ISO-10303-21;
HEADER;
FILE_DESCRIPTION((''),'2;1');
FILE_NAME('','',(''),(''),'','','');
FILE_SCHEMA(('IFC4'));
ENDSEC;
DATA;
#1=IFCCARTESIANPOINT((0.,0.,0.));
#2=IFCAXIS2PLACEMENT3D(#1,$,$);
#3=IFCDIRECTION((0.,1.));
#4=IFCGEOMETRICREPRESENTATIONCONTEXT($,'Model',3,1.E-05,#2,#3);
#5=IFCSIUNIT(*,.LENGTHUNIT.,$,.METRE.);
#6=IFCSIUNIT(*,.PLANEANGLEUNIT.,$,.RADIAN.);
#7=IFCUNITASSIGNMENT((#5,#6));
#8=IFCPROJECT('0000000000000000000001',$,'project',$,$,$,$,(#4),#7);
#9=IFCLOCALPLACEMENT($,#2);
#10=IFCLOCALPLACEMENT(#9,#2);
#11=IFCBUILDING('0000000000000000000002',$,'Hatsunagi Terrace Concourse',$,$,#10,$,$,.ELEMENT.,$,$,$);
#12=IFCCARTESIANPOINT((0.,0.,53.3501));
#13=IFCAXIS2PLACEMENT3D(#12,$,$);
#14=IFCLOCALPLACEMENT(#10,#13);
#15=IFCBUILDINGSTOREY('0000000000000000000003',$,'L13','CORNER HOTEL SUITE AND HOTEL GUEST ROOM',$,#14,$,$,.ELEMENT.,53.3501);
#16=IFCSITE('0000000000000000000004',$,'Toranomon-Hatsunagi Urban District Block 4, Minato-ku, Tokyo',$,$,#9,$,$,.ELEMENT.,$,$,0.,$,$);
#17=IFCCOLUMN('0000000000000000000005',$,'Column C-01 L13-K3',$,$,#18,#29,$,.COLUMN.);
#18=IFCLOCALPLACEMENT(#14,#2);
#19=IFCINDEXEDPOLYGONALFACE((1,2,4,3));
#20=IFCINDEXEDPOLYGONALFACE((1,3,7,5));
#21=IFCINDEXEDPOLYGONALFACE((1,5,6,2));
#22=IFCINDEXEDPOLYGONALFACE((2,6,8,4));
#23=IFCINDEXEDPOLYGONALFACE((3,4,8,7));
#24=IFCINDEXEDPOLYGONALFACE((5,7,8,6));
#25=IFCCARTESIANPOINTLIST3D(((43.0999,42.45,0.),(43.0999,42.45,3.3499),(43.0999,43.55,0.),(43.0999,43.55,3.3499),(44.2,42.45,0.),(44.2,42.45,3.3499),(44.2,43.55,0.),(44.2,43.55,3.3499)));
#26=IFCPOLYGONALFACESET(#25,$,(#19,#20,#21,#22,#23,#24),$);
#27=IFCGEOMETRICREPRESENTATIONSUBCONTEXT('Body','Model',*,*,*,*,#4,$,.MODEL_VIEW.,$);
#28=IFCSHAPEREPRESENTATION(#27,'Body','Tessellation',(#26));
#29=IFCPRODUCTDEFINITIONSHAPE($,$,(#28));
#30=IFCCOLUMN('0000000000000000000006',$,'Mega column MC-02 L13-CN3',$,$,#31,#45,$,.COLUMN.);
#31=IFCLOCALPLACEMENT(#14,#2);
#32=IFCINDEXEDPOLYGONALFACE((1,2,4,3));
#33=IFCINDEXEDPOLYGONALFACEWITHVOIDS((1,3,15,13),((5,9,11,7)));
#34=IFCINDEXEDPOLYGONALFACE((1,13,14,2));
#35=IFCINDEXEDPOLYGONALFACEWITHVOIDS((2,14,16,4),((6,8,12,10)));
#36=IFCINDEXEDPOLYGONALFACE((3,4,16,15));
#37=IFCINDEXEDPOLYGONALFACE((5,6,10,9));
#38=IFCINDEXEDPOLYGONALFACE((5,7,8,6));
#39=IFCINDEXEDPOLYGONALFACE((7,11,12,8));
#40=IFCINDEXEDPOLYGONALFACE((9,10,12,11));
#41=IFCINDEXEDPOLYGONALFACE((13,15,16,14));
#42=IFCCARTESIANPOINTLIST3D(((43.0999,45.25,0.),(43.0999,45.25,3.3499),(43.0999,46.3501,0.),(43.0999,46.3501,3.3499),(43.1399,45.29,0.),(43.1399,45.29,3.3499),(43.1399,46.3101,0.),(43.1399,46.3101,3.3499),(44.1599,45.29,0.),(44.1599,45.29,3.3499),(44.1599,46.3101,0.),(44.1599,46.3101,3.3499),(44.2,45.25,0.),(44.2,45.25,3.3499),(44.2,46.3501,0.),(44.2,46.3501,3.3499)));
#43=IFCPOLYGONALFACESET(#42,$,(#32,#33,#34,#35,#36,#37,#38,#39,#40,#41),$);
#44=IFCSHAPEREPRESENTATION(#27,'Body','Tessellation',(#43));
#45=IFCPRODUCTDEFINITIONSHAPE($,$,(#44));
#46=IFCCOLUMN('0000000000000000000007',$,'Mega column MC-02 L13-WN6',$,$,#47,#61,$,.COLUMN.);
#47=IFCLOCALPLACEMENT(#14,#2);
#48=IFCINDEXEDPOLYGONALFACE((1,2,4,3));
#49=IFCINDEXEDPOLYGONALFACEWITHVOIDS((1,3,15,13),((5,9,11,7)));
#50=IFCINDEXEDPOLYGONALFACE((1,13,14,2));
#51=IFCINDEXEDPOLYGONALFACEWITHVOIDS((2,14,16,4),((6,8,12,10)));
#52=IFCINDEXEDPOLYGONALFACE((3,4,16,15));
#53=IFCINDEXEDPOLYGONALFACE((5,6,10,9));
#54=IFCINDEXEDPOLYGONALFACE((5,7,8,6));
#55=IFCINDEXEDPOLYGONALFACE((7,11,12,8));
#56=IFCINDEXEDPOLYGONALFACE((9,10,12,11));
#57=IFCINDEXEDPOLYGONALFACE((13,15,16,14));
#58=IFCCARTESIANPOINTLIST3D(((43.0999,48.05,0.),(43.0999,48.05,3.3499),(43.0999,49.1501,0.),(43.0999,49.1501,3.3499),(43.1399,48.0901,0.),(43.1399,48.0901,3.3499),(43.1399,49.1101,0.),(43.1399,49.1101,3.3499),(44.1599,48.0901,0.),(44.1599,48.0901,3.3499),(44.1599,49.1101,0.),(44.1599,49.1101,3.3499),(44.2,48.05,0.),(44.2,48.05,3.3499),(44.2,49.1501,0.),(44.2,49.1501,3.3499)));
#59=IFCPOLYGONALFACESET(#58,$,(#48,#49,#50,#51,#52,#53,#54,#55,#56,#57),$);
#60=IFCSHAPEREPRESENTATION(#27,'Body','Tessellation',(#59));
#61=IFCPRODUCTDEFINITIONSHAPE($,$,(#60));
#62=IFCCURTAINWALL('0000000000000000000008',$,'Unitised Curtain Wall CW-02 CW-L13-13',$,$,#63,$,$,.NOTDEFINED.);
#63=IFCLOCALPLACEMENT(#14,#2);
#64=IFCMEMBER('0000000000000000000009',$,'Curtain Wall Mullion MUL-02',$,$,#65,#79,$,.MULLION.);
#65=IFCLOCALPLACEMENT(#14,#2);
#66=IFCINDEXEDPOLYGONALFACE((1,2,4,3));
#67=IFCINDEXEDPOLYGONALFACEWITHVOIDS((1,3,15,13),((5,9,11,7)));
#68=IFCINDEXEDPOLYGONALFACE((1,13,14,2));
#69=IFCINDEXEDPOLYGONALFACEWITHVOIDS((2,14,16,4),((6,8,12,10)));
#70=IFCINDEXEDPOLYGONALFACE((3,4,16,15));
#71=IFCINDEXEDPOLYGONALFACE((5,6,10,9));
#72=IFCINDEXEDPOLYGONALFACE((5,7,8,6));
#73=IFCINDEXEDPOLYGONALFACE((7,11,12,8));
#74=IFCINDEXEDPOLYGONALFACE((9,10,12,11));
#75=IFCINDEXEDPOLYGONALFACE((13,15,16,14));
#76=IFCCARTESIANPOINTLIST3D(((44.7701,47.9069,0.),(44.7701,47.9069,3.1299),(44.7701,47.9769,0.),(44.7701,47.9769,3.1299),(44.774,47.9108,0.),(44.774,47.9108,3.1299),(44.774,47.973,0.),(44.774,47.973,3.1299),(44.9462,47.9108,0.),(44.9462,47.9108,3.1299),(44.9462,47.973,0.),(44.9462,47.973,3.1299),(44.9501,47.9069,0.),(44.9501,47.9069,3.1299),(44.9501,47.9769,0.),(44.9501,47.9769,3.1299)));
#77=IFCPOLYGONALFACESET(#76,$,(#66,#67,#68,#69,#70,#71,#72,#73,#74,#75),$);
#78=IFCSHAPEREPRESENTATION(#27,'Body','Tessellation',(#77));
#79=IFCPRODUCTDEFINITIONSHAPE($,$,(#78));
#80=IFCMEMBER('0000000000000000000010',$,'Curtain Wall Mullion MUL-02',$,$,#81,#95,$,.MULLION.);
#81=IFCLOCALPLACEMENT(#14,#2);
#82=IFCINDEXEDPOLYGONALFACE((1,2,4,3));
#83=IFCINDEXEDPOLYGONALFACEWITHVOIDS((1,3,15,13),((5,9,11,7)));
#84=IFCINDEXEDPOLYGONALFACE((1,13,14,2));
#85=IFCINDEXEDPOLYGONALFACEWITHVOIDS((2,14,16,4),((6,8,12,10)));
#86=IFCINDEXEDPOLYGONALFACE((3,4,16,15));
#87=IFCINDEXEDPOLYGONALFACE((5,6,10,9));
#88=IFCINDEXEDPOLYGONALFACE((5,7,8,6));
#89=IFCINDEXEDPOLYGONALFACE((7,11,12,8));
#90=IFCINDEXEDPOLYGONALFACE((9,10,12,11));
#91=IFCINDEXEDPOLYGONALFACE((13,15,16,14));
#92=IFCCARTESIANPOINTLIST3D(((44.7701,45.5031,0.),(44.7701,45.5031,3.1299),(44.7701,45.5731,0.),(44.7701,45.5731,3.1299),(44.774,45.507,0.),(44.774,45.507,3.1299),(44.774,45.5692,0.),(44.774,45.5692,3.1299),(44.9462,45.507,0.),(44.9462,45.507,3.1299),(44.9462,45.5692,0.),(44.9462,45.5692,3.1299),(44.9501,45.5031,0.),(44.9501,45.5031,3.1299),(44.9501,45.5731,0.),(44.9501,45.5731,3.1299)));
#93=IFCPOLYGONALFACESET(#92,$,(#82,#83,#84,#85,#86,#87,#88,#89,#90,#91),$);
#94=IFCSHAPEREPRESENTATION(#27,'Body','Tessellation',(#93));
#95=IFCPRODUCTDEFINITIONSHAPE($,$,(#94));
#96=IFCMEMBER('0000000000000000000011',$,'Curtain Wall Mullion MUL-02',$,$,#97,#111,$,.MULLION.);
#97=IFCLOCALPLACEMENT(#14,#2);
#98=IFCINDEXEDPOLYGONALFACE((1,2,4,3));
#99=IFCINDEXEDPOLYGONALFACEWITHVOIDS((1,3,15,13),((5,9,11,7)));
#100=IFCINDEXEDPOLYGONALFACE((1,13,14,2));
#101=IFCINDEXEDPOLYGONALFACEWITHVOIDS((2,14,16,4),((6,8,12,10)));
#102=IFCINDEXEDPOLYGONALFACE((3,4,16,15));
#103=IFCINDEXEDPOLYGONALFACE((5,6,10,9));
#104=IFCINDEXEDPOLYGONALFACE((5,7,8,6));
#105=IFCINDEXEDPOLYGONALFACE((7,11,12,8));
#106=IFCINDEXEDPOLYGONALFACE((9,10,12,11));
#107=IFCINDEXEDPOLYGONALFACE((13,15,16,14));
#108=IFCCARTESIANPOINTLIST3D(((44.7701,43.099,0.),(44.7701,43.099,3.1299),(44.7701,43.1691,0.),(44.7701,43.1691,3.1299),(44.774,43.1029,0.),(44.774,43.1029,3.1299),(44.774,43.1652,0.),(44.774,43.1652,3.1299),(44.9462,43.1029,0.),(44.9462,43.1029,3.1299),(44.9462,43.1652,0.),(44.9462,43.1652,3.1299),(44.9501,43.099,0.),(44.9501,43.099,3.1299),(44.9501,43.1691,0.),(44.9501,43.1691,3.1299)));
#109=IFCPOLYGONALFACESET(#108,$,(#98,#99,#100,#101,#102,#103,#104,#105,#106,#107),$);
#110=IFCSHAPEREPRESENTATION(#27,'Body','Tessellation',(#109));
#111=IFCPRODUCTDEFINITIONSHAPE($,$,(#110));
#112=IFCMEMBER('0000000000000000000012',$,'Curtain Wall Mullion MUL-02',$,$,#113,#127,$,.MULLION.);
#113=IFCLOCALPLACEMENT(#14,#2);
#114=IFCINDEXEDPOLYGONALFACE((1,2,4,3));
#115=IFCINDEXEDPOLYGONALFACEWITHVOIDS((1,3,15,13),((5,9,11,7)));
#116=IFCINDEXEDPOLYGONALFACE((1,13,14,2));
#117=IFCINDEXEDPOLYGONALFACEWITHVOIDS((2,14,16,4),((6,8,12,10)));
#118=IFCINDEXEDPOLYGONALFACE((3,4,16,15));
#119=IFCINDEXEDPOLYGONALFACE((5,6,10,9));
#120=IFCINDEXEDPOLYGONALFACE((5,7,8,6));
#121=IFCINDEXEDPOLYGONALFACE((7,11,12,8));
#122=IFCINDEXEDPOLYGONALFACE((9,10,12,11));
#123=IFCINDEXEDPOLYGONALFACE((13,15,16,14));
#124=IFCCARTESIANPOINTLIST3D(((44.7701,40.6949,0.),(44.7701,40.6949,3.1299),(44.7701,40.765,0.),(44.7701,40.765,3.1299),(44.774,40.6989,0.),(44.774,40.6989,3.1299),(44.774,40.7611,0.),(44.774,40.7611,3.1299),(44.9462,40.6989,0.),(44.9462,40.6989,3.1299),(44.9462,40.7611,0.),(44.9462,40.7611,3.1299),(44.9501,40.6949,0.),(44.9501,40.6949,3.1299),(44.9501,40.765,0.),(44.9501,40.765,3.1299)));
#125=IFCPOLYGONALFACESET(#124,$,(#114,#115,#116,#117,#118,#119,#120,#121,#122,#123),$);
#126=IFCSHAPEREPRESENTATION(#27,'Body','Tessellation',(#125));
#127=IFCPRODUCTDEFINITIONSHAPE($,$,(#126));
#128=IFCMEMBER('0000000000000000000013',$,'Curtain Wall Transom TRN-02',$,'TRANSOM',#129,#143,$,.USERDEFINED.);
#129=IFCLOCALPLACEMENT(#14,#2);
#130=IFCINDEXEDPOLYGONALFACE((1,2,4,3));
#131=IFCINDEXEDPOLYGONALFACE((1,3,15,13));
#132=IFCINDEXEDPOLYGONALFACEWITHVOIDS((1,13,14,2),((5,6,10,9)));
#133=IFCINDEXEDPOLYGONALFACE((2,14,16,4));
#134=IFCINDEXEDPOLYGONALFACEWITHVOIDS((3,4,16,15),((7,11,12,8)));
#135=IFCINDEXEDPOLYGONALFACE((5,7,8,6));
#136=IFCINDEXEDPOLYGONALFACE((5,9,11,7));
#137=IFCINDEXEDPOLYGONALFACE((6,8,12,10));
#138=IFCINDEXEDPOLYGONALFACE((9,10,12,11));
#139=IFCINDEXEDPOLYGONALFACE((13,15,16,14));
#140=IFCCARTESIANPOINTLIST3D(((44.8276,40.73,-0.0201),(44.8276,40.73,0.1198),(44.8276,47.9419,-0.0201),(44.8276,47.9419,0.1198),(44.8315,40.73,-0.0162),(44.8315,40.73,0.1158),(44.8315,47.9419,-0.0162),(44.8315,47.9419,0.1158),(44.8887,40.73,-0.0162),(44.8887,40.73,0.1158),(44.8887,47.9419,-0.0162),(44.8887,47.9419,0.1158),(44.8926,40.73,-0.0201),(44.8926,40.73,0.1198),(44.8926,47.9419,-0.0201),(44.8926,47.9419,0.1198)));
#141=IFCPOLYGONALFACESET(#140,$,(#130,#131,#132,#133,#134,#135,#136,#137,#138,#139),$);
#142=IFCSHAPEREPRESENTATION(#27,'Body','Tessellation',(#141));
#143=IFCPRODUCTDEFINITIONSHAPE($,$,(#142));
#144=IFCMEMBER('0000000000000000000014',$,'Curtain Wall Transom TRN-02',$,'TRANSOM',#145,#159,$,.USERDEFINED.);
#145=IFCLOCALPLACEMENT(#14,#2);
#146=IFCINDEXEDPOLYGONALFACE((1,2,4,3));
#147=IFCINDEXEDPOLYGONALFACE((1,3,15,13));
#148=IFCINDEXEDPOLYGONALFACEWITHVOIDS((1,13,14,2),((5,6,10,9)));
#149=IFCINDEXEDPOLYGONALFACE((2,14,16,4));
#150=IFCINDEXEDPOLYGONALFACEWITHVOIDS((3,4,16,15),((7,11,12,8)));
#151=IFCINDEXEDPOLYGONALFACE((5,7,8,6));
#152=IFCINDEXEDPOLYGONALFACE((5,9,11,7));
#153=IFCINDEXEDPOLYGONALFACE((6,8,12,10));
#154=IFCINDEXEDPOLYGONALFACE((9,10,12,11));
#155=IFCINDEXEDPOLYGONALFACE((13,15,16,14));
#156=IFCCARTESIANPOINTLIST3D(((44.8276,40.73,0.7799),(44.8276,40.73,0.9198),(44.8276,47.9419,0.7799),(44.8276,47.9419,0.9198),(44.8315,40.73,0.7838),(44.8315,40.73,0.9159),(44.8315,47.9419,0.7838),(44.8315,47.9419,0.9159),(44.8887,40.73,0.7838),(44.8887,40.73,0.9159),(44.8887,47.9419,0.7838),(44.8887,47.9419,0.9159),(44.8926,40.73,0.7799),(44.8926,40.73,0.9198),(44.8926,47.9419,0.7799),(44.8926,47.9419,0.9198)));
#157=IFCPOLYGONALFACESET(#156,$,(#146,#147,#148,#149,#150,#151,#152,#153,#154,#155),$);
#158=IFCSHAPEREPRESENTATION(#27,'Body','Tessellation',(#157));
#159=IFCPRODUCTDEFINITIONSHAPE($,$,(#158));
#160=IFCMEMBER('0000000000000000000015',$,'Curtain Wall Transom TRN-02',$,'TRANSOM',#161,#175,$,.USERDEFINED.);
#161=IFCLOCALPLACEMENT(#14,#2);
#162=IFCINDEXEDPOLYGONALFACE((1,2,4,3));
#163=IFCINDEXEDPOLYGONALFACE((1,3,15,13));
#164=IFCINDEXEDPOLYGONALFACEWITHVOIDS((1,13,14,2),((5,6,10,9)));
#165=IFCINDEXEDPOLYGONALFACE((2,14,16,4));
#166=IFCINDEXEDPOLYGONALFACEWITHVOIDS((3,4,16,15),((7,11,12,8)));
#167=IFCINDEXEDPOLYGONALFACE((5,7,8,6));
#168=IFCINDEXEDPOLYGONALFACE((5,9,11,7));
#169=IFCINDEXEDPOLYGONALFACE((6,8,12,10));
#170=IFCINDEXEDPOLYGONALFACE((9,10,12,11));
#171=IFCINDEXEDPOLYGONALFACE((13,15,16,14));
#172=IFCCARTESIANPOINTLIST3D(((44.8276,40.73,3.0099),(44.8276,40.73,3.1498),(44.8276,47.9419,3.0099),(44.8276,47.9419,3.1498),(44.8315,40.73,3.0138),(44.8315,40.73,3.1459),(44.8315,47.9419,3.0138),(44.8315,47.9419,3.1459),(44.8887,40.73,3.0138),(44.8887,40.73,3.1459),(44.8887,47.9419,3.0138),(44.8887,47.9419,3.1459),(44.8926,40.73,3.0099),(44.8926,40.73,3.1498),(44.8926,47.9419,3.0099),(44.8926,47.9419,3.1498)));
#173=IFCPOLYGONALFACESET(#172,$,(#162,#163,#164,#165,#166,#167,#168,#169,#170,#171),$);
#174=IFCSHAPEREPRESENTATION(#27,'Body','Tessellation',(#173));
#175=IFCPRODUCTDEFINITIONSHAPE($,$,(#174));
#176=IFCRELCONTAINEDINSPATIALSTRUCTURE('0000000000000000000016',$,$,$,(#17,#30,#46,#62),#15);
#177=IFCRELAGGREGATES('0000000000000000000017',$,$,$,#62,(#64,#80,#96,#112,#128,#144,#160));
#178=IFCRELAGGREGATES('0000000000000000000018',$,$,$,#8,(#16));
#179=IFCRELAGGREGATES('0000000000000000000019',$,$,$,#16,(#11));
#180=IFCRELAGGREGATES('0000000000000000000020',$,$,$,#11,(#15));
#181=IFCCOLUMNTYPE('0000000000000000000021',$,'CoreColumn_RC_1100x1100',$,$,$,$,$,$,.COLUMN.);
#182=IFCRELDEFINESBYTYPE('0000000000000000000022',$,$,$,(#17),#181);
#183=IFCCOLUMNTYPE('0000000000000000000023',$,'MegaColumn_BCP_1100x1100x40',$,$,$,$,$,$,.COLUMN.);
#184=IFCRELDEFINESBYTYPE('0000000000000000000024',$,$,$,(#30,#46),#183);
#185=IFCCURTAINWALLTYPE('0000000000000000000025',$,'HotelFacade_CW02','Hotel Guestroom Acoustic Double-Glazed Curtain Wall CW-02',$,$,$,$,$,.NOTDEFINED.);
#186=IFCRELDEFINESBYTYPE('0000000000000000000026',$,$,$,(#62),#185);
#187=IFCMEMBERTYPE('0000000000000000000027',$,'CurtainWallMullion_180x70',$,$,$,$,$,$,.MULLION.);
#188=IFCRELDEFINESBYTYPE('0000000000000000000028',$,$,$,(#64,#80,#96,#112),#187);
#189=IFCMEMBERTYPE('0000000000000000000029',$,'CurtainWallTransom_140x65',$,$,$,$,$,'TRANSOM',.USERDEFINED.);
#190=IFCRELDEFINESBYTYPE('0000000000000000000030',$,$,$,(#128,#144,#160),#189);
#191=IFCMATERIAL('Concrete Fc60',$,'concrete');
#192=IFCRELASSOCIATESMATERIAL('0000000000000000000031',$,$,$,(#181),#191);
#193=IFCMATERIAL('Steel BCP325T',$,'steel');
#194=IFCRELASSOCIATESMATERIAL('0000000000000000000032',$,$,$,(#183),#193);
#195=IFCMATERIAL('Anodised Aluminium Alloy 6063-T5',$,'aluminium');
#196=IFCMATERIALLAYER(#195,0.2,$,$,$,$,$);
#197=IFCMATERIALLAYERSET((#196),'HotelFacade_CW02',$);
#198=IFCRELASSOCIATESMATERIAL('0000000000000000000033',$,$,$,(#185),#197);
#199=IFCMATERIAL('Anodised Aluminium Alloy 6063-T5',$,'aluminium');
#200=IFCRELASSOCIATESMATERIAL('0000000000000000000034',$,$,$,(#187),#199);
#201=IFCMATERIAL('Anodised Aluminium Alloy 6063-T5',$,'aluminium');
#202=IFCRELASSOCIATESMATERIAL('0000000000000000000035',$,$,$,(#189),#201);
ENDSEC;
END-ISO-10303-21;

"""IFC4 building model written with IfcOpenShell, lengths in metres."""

from ifc_helpers import new_model, si_unit, direction, frame, origin, origin_2d, place, context, subcontext, project, spatial, rectangle, hollow_rectangle, extrude, material, layer, layer_set, material_profile, profile_set, type_object, element, aggregate, save


model = new_model("IFC4")

# Units and contexts
model_context = context("Model", 3, precision=1e-05, world=origin(), true_north=direction((0.0, 1.0)))
body_context = subcontext(model_context, "Body", "Model", "MODEL_VIEW")
ifc_project = project(units=[si_unit("LENGTHUNIT", "METRE"), si_unit("PLANEANGLEUNIT", "RADIAN")], contexts=[model_context])

# Site, building, storey
site_placement = place(None, origin())
site = spatial("IfcSite", under=ifc_project, at=site_placement, Name="Toranomon-Hatsunagi Urban District Block 4, Minato-ku, Tokyo", CompositionType="ELEMENT", RefElevation=0.0)
building_placement = place(site_placement, origin())
building = spatial("IfcBuilding", under=site, at=building_placement, Name="Hatsunagi Terrace Concourse", CompositionType="ELEMENT")
storey_placement = place(building_placement, frame((0.0, 0.0, 53.3501)))
storey = spatial("IfcBuildingStorey", under=building, at=storey_placement, Name="L13", Description="CORNER HOTEL SUITE AND HOTEL GUEST ROOM", CompositionType="ELEMENT", Elevation=53.3501)

# Columns
ifc_material_1 = material(Name="Concrete Fc60", Category="concrete")
ifc_material_profile_1 = material_profile(ifc_material_1, rectangle(XDim=1.1001, YDim=1.1001, at=origin_2d()), Name="RC-1100x1100")
ifc_profile_set_1 = profile_set([ifc_material_profile_1], Name="Concrete Fc60")
column_type_1 = type_object("IfcColumnType", Name="CoreColumn_RC_1100x1100", PredefinedType="COLUMN", material=ifc_profile_set_1)
column_placement = place(storey_placement, frame((43.6499, 43.0, 0.0), z_axis=(0.0, 0.0, 1.0), x_axis=(1.0, 0.0, 0.0)))
element("IfcColumn", 1, at=column_placement, inside=storey, type_object=column_type_1, Name="Column C-01 L13-K3", PredefinedType="COLUMN", context=body_context, shape_type="SweptSolid", body=[
    extrude(rectangle(XDim=1.1001, YDim=1.1001, at=origin_2d()), origin(), (0.0, 0.0, 1.0), 3.3499),
])
ifc_material_2 = material(Name="Steel BCP325T", Category="steel")
ifc_material_profile_2 = material_profile(ifc_material_2, hollow_rectangle(XDim=1.1001, YDim=1.1001, WallThickness=0.04, at=origin_2d()), Name="BCP-1100x1100x40")
ifc_profile_set_2 = profile_set([ifc_material_profile_2], Name="Steel BCP325T")
column_type_2 = type_object("IfcColumnType", Name="MegaColumn_BCP_1100x1100x40", PredefinedType="COLUMN", material=ifc_profile_set_2)
for number, where, z_axis, x_axis, name in (
    (2, (43.6499, 45.8, 0.0), (0.0, 0.0, 1.0), (1.0, 0.0, 0.0), "Mega column MC-02 L13-CN3"),
    (3, (43.6499, 48.6001, 0.0), (0.0, 0.0, 1.0), (1.0, 0.0, 0.0), "Mega column MC-02 L13-WN6"),
):
    element("IfcColumn", number, at=place(storey_placement, frame(where, z_axis=z_axis, x_axis=x_axis)), inside=storey, type_object=column_type_2, Name=name, PredefinedType="COLUMN", context=body_context, shape_type="SweptSolid", body=[
        extrude(hollow_rectangle(XDim=1.1001, YDim=1.1001, WallThickness=0.04, at=origin_2d()), origin(), (0.0, 0.0, 1.0), 3.3499),
    ])

# Curtain wall, members
ifc_material_3 = material(Name="Anodised Aluminium Alloy 6063-T5", Category="aluminium")
ifc_layer_1 = layer(ifc_material_3, 0.2)
ifc_layer_set_1 = layer_set([ifc_layer_1], Name="HotelFacade_CW02")
curtain_wall_type = type_object("IfcCurtainWallType", Name="HotelFacade_CW02", Description="Hotel Guestroom Acoustic Double-Glazed Curtain Wall CW-02", PredefinedType="NOTDEFINED", material=ifc_layer_set_1)
curtain_wall_placement = place(storey_placement, origin())
curtain_wall = element("IfcCurtainWall", 4, at=curtain_wall_placement, inside=storey, type_object=curtain_wall_type, Name="Unitised Curtain Wall CW-02 CW-L13-13", PredefinedType="NOTDEFINED")
ifc_material_4 = material(Name="Anodised Aluminium Alloy 6063-T5", Category="aluminium")
ifc_material_profile_3 = material_profile(ifc_material_4, hollow_rectangle(XDim=0.0701, YDim=0.1799, WallThickness=0.0039, at=origin_2d()), Name="ALU-MUL-180x70x4")
ifc_profile_set_3 = profile_set([ifc_material_profile_3], Name="Anodised Aluminium Alloy 6063-T5")
member_type_1 = type_object("IfcMemberType", Name="CurtainWallMullion_180x70", PredefinedType="MULLION", material=ifc_profile_set_3)
member_1_placement = place(storey_placement, frame((44.8601, 47.9419, 0.0), z_axis=(0.0, 0.0, 1.0), x_axis=(0.0, -1.0, 0.0)))
member_1 = element("IfcMember", 5, at=member_1_placement, type_object=member_type_1, Name="Curtain Wall Mullion MUL-02", PredefinedType="MULLION", context=body_context, shape_type="SweptSolid", body=[
    extrude(hollow_rectangle(XDim=0.0701, YDim=0.1799, WallThickness=0.0039, at=origin_2d()), origin(), (0.0, 0.0, 1.0), 3.1299),
])
member_2_placement = place(storey_placement, frame((44.8601, 45.5381, 0.0), z_axis=(0.0, 0.0, 1.0), x_axis=(0.0, -1.0, 0.0)))
member_2 = element("IfcMember", 6, at=member_2_placement, type_object=member_type_1, Name="Curtain Wall Mullion MUL-02", PredefinedType="MULLION", context=body_context, shape_type="SweptSolid", body=[
    extrude(hollow_rectangle(XDim=0.0701, YDim=0.1799, WallThickness=0.0039, at=origin_2d()), origin(), (0.0, 0.0, 1.0), 3.1299),
])
member_3_placement = place(storey_placement, frame((44.8601, 43.134, 0.0), z_axis=(0.0, 0.0, 1.0), x_axis=(0.0, -1.0, 0.0)))
member_3 = element("IfcMember", 7, at=member_3_placement, type_object=member_type_1, Name="Curtain Wall Mullion MUL-02", PredefinedType="MULLION", context=body_context, shape_type="SweptSolid", body=[
    extrude(hollow_rectangle(XDim=0.0701, YDim=0.1799, WallThickness=0.0039, at=origin_2d()), origin(), (0.0, 0.0, 1.0), 3.1299),
])
member_4_placement = place(storey_placement, frame((44.8601, 40.73, 0.0), z_axis=(0.0, 0.0, 1.0), x_axis=(0.0, -1.0, 0.0)))
member_4 = element("IfcMember", 8, at=member_4_placement, type_object=member_type_1, Name="Curtain Wall Mullion MUL-02", PredefinedType="MULLION", context=body_context, shape_type="SweptSolid", body=[
    extrude(hollow_rectangle(XDim=0.0701, YDim=0.1799, WallThickness=0.0039, at=origin_2d()), origin(), (0.0, 0.0, 1.0), 3.1299),
])
ifc_material_5 = material(Name="Anodised Aluminium Alloy 6063-T5", Category="aluminium")
ifc_material_profile_4 = material_profile(ifc_material_5, hollow_rectangle(XDim=0.0649, YDim=0.1399, WallThickness=0.0039, at=origin_2d()), Name="ALU-TRN-140x65x4")
ifc_profile_set_4 = profile_set([ifc_material_profile_4], Name="Anodised Aluminium Alloy 6063-T5")
member_type_2 = type_object("IfcMemberType", Name="CurtainWallTransom_140x65", ElementType="TRANSOM", PredefinedType="USERDEFINED", material=ifc_profile_set_4)
member_5_placement = place(storey_placement, frame((44.8601, 47.9419, 0.0498), z_axis=(0.0, -1.0, 0.0), x_axis=(1.0, 0.0, 0.0)))
member_5 = element("IfcMember", 9, at=member_5_placement, type_object=member_type_2, Name="Curtain Wall Transom TRN-02", ObjectType="TRANSOM", PredefinedType="USERDEFINED", context=body_context, shape_type="SweptSolid", body=[
    extrude(hollow_rectangle(XDim=0.0649, YDim=0.1399, WallThickness=0.0039, at=origin_2d()), origin(), (0.0, 0.0, 1.0), 7.2119),
])
member_6_placement = place(storey_placement, frame((44.8601, 47.9419, 0.8499), z_axis=(0.0, -1.0, 0.0), x_axis=(1.0, 0.0, 0.0)))
member_6 = element("IfcMember", 10, at=member_6_placement, type_object=member_type_2, Name="Curtain Wall Transom TRN-02", ObjectType="TRANSOM", PredefinedType="USERDEFINED", context=body_context, shape_type="SweptSolid", body=[
    extrude(hollow_rectangle(XDim=0.0649, YDim=0.1399, WallThickness=0.0039, at=origin_2d()), origin(), (0.0, 0.0, 1.0), 7.2119),
])
member_7_placement = place(storey_placement, frame((44.8601, 47.9419, 3.0798), z_axis=(0.0, -1.0, 0.0), x_axis=(1.0, 0.0, 0.0)))
member_7 = element("IfcMember", 11, at=member_7_placement, type_object=member_type_2, Name="Curtain Wall Transom TRN-02", ObjectType="TRANSOM", PredefinedType="USERDEFINED", context=body_context, shape_type="SweptSolid", body=[
    extrude(hollow_rectangle(XDim=0.0649, YDim=0.1399, WallThickness=0.0039, at=origin_2d()), origin(), (0.0, 0.0, 1.0), 7.2119),
])

aggregate(curtain_wall, [member_1, member_2, member_3, member_4, member_5, member_6, member_7])

save(model, "model.ifc")
